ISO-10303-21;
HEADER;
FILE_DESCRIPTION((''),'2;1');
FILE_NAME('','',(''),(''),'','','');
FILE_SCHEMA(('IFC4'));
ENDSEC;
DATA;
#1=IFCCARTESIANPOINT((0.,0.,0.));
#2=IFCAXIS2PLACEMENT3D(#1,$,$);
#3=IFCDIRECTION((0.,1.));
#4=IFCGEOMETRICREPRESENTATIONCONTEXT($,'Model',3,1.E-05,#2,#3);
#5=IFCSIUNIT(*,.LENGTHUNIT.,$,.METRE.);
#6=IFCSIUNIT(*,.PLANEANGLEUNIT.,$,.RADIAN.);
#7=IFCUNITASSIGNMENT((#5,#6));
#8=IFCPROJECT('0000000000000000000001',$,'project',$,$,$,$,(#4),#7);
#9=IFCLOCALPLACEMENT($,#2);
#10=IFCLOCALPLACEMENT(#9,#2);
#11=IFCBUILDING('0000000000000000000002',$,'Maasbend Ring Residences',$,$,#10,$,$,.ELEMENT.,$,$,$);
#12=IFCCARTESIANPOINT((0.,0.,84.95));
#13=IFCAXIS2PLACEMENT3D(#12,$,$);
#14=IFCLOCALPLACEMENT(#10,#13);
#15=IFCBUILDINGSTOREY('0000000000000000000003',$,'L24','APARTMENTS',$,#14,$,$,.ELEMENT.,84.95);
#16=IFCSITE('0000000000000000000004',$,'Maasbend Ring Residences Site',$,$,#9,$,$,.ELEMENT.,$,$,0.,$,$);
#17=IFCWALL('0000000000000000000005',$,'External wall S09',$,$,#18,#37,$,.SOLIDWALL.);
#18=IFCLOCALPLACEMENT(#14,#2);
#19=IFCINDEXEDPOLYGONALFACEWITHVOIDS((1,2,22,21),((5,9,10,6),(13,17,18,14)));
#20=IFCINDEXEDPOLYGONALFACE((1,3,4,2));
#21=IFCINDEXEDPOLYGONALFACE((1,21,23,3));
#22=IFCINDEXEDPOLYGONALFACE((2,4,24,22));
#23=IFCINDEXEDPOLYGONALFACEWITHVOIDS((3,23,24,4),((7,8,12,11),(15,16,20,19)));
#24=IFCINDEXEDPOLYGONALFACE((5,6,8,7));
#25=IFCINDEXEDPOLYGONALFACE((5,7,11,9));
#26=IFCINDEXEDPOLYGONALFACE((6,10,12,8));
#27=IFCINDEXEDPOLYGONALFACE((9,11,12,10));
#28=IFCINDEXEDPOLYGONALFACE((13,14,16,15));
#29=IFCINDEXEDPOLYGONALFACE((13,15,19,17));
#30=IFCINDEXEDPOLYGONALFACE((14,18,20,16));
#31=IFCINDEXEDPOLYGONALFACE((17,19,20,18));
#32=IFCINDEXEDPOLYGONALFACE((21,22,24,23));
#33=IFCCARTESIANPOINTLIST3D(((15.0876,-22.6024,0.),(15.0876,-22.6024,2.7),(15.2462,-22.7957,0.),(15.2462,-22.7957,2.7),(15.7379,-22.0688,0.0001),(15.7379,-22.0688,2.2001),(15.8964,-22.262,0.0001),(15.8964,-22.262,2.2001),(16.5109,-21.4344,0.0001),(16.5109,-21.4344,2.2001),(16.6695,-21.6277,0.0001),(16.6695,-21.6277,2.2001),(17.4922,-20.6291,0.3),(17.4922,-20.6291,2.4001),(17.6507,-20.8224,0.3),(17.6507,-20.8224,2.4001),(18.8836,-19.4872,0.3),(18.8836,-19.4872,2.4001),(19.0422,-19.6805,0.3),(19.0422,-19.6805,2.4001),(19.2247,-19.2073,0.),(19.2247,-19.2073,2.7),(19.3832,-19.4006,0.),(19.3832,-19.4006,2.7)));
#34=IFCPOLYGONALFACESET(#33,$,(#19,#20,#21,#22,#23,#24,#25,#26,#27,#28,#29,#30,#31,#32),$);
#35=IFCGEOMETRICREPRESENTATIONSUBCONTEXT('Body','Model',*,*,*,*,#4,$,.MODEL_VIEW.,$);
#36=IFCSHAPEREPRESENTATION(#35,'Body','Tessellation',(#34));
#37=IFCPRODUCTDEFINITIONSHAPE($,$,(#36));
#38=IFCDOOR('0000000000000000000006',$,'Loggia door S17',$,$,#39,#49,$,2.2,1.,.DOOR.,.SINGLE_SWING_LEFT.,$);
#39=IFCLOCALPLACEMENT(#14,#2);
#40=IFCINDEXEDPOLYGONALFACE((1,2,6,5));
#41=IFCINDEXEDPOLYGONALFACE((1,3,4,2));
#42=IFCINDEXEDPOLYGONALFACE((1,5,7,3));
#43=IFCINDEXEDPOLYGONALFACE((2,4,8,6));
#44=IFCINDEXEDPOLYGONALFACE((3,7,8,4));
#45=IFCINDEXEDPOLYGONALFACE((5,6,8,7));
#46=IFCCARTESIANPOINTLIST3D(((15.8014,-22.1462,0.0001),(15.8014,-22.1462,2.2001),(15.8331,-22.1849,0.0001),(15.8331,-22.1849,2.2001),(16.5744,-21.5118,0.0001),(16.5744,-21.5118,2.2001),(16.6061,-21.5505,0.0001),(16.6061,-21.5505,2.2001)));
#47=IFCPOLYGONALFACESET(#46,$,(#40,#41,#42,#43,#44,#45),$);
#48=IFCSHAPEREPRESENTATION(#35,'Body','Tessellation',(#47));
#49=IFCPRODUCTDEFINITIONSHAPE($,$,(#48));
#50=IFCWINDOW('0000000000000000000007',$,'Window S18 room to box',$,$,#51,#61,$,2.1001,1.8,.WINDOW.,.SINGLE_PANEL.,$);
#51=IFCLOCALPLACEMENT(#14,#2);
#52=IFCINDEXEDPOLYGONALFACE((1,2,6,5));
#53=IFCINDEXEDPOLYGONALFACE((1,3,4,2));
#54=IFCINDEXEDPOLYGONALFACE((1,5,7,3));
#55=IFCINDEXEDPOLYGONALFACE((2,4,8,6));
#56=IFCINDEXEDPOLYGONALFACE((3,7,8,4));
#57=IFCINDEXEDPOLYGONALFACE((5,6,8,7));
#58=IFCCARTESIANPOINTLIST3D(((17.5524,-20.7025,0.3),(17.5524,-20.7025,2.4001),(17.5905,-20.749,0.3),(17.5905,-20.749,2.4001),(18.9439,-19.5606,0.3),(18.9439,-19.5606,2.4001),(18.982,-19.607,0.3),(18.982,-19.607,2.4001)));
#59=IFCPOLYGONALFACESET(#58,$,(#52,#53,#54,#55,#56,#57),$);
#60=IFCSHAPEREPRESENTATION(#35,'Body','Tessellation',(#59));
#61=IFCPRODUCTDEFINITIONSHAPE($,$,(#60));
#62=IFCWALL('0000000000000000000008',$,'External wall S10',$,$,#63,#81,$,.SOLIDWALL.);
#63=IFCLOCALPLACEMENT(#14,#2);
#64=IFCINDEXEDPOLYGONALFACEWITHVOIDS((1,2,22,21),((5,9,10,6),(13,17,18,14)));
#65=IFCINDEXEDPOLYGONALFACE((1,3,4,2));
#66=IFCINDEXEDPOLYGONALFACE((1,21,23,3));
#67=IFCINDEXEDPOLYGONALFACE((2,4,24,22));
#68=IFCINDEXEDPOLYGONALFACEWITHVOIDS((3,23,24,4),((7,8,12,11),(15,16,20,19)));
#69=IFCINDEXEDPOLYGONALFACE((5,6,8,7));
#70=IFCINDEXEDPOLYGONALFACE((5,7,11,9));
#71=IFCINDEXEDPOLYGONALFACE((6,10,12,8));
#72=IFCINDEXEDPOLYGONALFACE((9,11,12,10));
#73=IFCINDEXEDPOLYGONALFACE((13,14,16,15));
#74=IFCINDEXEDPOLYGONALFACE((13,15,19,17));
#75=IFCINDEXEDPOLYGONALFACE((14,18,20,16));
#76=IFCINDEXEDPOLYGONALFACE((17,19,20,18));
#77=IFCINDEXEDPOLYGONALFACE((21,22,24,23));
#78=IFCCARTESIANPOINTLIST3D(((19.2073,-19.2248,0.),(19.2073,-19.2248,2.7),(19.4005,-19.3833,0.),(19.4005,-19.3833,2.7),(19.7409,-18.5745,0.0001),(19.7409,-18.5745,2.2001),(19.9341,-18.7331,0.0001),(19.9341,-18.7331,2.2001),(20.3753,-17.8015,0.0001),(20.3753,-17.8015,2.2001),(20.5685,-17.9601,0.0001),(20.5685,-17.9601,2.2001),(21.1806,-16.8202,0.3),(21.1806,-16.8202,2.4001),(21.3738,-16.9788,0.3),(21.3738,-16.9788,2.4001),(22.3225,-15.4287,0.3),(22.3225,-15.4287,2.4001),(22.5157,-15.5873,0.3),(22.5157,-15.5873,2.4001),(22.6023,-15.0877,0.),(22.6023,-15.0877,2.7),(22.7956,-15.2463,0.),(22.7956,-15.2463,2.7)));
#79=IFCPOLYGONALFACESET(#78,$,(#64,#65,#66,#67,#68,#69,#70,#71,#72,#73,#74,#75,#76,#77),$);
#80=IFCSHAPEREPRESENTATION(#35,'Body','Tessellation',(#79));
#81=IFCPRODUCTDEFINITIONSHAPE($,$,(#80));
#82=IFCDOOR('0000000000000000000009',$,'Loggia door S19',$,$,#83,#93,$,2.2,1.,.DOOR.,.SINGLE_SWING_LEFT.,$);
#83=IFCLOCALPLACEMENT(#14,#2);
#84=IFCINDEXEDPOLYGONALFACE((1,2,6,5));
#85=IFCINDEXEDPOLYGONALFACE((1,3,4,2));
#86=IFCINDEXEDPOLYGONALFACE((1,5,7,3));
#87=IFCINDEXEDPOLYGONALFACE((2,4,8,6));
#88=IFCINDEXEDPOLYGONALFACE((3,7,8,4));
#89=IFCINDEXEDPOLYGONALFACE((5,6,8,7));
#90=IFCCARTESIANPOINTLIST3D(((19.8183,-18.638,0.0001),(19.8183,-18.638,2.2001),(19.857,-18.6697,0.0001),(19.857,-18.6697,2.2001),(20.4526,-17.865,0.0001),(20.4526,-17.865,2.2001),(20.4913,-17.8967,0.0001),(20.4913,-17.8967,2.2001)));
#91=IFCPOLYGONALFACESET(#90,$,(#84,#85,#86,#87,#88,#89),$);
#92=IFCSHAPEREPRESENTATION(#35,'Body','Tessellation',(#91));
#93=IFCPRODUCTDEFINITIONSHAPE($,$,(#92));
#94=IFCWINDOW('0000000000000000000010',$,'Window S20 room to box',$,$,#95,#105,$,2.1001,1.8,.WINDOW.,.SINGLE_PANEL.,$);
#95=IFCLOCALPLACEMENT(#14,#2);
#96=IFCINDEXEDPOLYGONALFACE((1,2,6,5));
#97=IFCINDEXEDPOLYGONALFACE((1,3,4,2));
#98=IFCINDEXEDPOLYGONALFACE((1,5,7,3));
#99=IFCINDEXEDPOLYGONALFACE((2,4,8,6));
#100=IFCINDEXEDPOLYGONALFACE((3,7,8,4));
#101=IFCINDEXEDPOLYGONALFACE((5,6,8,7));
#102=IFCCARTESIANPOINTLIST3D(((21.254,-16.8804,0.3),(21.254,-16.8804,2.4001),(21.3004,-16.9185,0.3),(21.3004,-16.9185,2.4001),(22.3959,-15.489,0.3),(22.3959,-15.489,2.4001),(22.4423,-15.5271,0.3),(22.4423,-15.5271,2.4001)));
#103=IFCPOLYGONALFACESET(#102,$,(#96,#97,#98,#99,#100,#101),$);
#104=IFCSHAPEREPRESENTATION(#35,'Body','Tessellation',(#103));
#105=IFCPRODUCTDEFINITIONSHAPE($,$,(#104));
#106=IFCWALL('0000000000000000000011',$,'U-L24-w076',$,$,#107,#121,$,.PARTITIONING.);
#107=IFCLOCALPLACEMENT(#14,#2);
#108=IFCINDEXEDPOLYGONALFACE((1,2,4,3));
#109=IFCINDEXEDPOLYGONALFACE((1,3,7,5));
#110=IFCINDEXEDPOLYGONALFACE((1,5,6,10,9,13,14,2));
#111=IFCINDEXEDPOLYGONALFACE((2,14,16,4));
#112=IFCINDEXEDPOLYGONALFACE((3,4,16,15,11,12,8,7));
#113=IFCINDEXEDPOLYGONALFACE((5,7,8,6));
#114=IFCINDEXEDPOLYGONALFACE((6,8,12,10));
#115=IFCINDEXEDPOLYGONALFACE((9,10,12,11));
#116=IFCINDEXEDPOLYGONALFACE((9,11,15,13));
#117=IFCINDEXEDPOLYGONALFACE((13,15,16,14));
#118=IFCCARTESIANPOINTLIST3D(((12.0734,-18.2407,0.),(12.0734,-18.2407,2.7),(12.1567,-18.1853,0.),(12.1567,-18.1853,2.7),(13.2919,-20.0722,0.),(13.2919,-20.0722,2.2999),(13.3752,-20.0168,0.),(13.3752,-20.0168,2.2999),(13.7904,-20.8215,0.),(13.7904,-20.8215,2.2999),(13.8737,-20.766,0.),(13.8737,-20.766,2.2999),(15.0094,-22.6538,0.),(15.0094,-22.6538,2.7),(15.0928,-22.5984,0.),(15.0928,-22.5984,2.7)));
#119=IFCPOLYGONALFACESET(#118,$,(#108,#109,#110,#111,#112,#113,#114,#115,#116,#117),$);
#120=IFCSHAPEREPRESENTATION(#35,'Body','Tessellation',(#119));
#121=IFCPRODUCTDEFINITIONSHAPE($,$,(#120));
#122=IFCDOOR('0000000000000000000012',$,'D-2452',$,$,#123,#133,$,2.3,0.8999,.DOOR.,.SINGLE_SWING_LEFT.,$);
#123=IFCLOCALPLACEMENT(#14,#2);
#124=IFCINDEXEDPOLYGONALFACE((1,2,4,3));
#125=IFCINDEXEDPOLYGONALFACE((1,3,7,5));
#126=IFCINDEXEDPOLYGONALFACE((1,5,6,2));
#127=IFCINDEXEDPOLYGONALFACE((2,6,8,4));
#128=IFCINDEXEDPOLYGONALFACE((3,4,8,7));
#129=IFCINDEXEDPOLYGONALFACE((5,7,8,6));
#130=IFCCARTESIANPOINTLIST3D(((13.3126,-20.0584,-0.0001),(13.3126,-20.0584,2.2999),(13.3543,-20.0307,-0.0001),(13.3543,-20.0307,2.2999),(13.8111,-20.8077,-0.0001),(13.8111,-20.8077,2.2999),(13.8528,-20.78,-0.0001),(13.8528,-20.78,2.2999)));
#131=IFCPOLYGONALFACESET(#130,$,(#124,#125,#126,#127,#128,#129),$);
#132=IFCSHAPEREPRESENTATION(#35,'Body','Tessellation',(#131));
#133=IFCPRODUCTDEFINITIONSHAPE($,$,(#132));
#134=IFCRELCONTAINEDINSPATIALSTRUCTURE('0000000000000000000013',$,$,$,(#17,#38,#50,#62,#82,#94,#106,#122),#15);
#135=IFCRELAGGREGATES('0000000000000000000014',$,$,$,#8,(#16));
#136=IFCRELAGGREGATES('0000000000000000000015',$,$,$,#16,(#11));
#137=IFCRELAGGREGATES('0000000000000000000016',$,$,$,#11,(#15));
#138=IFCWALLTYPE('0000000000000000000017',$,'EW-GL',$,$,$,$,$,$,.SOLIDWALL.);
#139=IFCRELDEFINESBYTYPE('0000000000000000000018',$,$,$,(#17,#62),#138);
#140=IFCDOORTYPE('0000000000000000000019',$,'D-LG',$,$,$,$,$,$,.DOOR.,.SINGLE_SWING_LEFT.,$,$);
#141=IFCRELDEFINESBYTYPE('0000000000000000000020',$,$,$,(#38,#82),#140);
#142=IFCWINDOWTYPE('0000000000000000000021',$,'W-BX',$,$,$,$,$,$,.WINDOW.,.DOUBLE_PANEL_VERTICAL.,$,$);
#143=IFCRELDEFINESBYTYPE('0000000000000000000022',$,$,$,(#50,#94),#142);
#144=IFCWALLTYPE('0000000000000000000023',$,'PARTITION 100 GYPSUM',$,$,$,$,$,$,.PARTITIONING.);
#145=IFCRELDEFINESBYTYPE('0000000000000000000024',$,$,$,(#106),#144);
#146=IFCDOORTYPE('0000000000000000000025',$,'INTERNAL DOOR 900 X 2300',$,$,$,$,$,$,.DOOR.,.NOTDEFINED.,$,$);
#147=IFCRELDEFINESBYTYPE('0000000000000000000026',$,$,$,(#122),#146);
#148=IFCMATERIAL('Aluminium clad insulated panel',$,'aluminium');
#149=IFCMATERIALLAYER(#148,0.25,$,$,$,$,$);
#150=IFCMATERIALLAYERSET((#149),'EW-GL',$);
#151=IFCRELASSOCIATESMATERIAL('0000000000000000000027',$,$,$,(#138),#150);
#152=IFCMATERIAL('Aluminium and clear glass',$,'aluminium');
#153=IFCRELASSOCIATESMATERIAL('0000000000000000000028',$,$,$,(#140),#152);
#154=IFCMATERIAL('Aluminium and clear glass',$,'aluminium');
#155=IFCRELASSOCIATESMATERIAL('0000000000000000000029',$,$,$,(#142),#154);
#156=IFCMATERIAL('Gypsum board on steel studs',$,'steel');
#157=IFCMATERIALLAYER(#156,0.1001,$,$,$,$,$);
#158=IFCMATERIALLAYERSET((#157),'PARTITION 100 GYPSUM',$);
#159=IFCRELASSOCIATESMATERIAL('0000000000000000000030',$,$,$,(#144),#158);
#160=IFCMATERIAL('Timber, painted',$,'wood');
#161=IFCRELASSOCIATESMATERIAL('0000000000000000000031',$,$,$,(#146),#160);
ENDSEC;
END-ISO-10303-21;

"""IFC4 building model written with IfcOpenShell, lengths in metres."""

from ifc_helpers import new_model, si_unit, direction, frame, frame_2d, origin, place, context, subcontext, project, spatial, rectangle, extrude, material, layer, layer_set, type_object, element, fill, save


model = new_model("IFC4")

# Units and contexts
model_context = context("Model", 3, precision=1e-05, world=origin(), true_north=direction((0.0, 1.0)))
body_context = subcontext(model_context, "Body", "Model", "MODEL_VIEW")
ifc_project = project(units=[si_unit("LENGTHUNIT", "METRE"), si_unit("PLANEANGLEUNIT", "RADIAN")], contexts=[model_context])

# Site, building, storey
site_placement = place(None, origin())
site = spatial("IfcSite", under=ifc_project, at=site_placement, Name="Maasbend Ring Residences Site", CompositionType="ELEMENT", RefElevation=0.0)
building_placement = place(site_placement, origin())
building = spatial("IfcBuilding", under=site, at=building_placement, Name="Maasbend Ring Residences", CompositionType="ELEMENT")
storey_placement = place(building_placement, frame((0.0, 0.0, 84.95)))
storey = spatial("IfcBuildingStorey", under=building, at=storey_placement, Name="L24", Description="APARTMENTS", CompositionType="ELEMENT", Elevation=84.95)

# Walls, openings, doors, windows
ifc_material_1 = material(Name="Aluminium clad insulated panel", Category="aluminium")
ifc_layer_1 = layer(ifc_material_1, 0.25)
ifc_layer_set_1 = layer_set([ifc_layer_1], Name="EW-GL")
wall_type_1 = type_object("IfcWallType", Name="EW-GL", PredefinedType="SOLIDWALL", material=ifc_layer_set_1)
wall_1_placement = place(storey_placement, frame((15.167, -22.699, 0.0), z_axis=(0.0, 0.0, 1.0), x_axis=(0.773019, 0.634382, 0.0)))
wall_1 = element("IfcWall", 1, at=wall_1_placement, inside=storey, type_object=wall_type_1, Name="External wall S09", PredefinedType="SOLIDWALL", context=body_context, shape_type="SweptSolid", body=[
    extrude(rectangle(XDim=5.3518, YDim=0.25, at=frame_2d((2.6758, 0.0))), origin(), (0.0, 0.0, 1.0), 2.7),
])
opening_1_placement = place(wall_1_placement, frame((0.8411, 0.0, 0.0)))
opening_1 = element("IfcOpeningElement", 2, at=opening_1_placement, cuts=wall_1, PredefinedType="OPENING", context=body_context, shape_type="SweptSolid", body=[
    extrude(rectangle(XDim=1.0, YDim=2.2, at=frame_2d((0.5, 1.1001))), frame((0.0, 0.135, 0.0), z_axis=(0.0, -1.0, 0.0), x_axis=(1.0, 0.0, 0.0)), (0.0, 0.0, 1.0), 0.27),
])
opening_2_placement = place(wall_1_placement, frame((3.1106, 0.0, 0.3)))
opening_2 = element("IfcOpeningElement", 3, at=opening_2_placement, cuts=wall_1, PredefinedType="OPENING", context=body_context, shape_type="SweptSolid", body=[
    extrude(rectangle(XDim=1.8, YDim=2.1001, at=frame_2d((0.8999, 1.05))), frame((0.0, 0.135, 0.0), z_axis=(0.0, -1.0, 0.0), x_axis=(1.0, 0.0, 0.0)), (0.0, 0.0, 1.0), 0.27),
])
ifc_material_2 = material(Name="Aluminium and clear glass", Category="aluminium")
door_type_1 = type_object("IfcDoorType", Name="D-LG", OperationType="SINGLE_SWING_LEFT", PredefinedType="DOOR", material=ifc_material_2)
door_1_placement = place(opening_1_placement, origin())
door_1 = element("IfcDoor", 4, at=door_1_placement, inside=storey, type_object=door_type_1, Name="Loggia door S17", OperationType="SINGLE_SWING_LEFT", OverallHeight=2.2, OverallWidth=1.0, PredefinedType="DOOR", context=body_context, shape_type="SweptSolid", body=[
    extrude(rectangle(XDim=1.0, YDim=2.2, at=frame_2d((0.5, 1.1001))), frame((0.0, 0.0249, 0.0), z_axis=(0.0, -1.0, 0.0), x_axis=(1.0, 0.0, 0.0)), (0.0, 0.0, 1.0), 0.05),
])
fill(opening_1, door_1)
ifc_material_3 = material(Name="Aluminium and clear glass", Category="aluminium")
window_type_1 = type_object("IfcWindowType", Name="W-BX", PartitioningType="DOUBLE_PANEL_VERTICAL", PredefinedType="WINDOW", material=ifc_material_3)
window_1_placement = place(opening_2_placement, origin())
window_1 = element("IfcWindow", 5, at=window_1_placement, inside=storey, type_object=window_type_1, Name="Window S18 room to box", OverallHeight=2.1001, OverallWidth=1.8, PartitioningType="SINGLE_PANEL", PredefinedType="WINDOW", context=body_context, shape_type="SweptSolid", body=[
    extrude(rectangle(XDim=1.8, YDim=2.1001, at=frame_2d((0.8999, 1.05))), frame((0.0, 0.03, 0.0), z_axis=(0.0, -1.0, 0.0), x_axis=(1.0, 0.0, 0.0)), (0.0, 0.0, 1.0), 0.0601),
])
fill(opening_2, window_1)
wall_2_placement = place(storey_placement, frame((19.304, -19.304, 0.0), z_axis=(0.0, 0.0, 1.0), x_axis=(0.634382, 0.773019, 0.0)))
wall_2 = element("IfcWall", 6, at=wall_2_placement, inside=storey, type_object=wall_type_1, Name="External wall S10", PredefinedType="SOLIDWALL", context=body_context, shape_type="SweptSolid", body=[
    extrude(rectangle(XDim=5.3518, YDim=0.25, at=frame_2d((2.6758, 0.0))), origin(), (0.0, 0.0, 1.0), 2.7),
])
opening_3_placement = place(wall_2_placement, frame((0.8411, 0.0, 0.0)))
opening_3 = element("IfcOpeningElement", 7, at=opening_3_placement, cuts=wall_2, PredefinedType="OPENING", context=body_context, shape_type="SweptSolid", body=[
    extrude(rectangle(XDim=1.0, YDim=2.2, at=frame_2d((0.5, 1.1001))), frame((0.0, 0.135, 0.0), z_axis=(0.0, -1.0, 0.0), x_axis=(1.0, 0.0, 0.0)), (0.0, 0.0, 1.0), 0.27),
])
opening_4_placement = place(wall_2_placement, frame((3.1106, 0.0, 0.3)))
opening_4 = element("IfcOpeningElement", 8, at=opening_4_placement, cuts=wall_2, PredefinedType="OPENING", context=body_context, shape_type="SweptSolid", body=[
    extrude(rectangle(XDim=1.8, YDim=2.1001, at=frame_2d((0.8999, 1.05))), frame((0.0, 0.135, 0.0), z_axis=(0.0, -1.0, 0.0), x_axis=(1.0, 0.0, 0.0)), (0.0, 0.0, 1.0), 0.27),
])
door_2_placement = place(opening_3_placement, origin())
door_2 = element("IfcDoor", 9, at=door_2_placement, inside=storey, type_object=door_type_1, Name="Loggia door S19", OperationType="SINGLE_SWING_LEFT", OverallHeight=2.2, OverallWidth=1.0, PredefinedType="DOOR", context=body_context, shape_type="SweptSolid", body=[
    extrude(rectangle(XDim=1.0, YDim=2.2, at=frame_2d((0.5, 1.1001))), frame((0.0, 0.0249, 0.0), z_axis=(0.0, -1.0, 0.0), x_axis=(1.0, 0.0, 0.0)), (0.0, 0.0, 1.0), 0.05),
])
fill(opening_3, door_2)
window_2_placement = place(opening_4_placement, origin())
window_2 = element("IfcWindow", 10, at=window_2_placement, inside=storey, type_object=window_type_1, Name="Window S20 room to box", OverallHeight=2.1001, OverallWidth=1.8, PartitioningType="SINGLE_PANEL", PredefinedType="WINDOW", context=body_context, shape_type="SweptSolid", body=[
    extrude(rectangle(XDim=1.8, YDim=2.1001, at=frame_2d((0.8999, 1.05))), frame((0.0, 0.03, 0.0), z_axis=(0.0, -1.0, 0.0), x_axis=(1.0, 0.0, 0.0)), (0.0, 0.0, 1.0), 0.0601),
])
fill(opening_4, window_2)

# Wall, opening, door
ifc_material_4 = material(Name="Gypsum board on steel studs", Category="steel")
ifc_layer_2 = layer(ifc_material_4, 0.1001)
ifc_layer_set_2 = layer_set([ifc_layer_2], Name="PARTITION 100 GYPSUM")
wall_type_2 = type_object("IfcWallType", Name="PARTITION 100 GYPSUM", PredefinedType="PARTITIONING", material=ifc_layer_set_2)
wall_3_placement = place(storey_placement, frame((12.115, -18.2129, 0.0), z_axis=(0.0, 0.0, 1.0), x_axis=(0.553913, -0.832574, 0.0)))
wall_3 = element("IfcWall", 11, at=wall_3_placement, inside=storey, type_object=wall_type_2, Name="U-L24-w076", PredefinedType="PARTITIONING", context=body_context, shape_type="SweptSolid", body=[
    extrude(rectangle(XDim=5.3005, YDim=0.1001, at=frame_2d((2.6504, 0.0))), origin(), (0.0, 0.0, 1.0), 2.7),
])
opening_5_placement = place(wall_3_placement, frame((2.2, 0.0, 0.0)))
opening_5 = element("IfcOpeningElement", 12, at=opening_5_placement, cuts=wall_3, PredefinedType="OPENING", context=body_context, shape_type="SweptSolid", body=[
    extrude(rectangle(XDim=0.8999, YDim=2.3, at=frame_2d((0.45, 1.1499))), frame((0.0, 0.0601, 0.0), z_axis=(0.0, -1.0, 0.0), x_axis=(1.0, 0.0, 0.0)), (0.0, 0.0, 1.0), 0.1201),
])
ifc_material_5 = material(Name="Timber, painted", Category="wood")
door_type_2 = type_object("IfcDoorType", Name="INTERNAL DOOR 900 X 2300", OperationType="NOTDEFINED", PredefinedType="DOOR", material=ifc_material_5)
door_3_placement = place(opening_5_placement, origin())
door_3 = element("IfcDoor", 13, at=door_3_placement, inside=storey, type_object=door_type_2, Name="D-2452", OperationType="SINGLE_SWING_LEFT", OverallHeight=2.3, OverallWidth=0.8999, PredefinedType="DOOR", context=body_context, shape_type="SweptSolid", body=[
    extrude(rectangle(XDim=0.8999, YDim=2.3, at=frame_2d((0.45, 1.1499))), frame((0.0, 0.0249, 0.0), z_axis=(0.0, -1.0, 0.0), x_axis=(1.0, 0.0, 0.0)), (0.0, 0.0, 1.0), 0.05),
])
fill(opening_5, door_3)

save(model, "model.ifc")
